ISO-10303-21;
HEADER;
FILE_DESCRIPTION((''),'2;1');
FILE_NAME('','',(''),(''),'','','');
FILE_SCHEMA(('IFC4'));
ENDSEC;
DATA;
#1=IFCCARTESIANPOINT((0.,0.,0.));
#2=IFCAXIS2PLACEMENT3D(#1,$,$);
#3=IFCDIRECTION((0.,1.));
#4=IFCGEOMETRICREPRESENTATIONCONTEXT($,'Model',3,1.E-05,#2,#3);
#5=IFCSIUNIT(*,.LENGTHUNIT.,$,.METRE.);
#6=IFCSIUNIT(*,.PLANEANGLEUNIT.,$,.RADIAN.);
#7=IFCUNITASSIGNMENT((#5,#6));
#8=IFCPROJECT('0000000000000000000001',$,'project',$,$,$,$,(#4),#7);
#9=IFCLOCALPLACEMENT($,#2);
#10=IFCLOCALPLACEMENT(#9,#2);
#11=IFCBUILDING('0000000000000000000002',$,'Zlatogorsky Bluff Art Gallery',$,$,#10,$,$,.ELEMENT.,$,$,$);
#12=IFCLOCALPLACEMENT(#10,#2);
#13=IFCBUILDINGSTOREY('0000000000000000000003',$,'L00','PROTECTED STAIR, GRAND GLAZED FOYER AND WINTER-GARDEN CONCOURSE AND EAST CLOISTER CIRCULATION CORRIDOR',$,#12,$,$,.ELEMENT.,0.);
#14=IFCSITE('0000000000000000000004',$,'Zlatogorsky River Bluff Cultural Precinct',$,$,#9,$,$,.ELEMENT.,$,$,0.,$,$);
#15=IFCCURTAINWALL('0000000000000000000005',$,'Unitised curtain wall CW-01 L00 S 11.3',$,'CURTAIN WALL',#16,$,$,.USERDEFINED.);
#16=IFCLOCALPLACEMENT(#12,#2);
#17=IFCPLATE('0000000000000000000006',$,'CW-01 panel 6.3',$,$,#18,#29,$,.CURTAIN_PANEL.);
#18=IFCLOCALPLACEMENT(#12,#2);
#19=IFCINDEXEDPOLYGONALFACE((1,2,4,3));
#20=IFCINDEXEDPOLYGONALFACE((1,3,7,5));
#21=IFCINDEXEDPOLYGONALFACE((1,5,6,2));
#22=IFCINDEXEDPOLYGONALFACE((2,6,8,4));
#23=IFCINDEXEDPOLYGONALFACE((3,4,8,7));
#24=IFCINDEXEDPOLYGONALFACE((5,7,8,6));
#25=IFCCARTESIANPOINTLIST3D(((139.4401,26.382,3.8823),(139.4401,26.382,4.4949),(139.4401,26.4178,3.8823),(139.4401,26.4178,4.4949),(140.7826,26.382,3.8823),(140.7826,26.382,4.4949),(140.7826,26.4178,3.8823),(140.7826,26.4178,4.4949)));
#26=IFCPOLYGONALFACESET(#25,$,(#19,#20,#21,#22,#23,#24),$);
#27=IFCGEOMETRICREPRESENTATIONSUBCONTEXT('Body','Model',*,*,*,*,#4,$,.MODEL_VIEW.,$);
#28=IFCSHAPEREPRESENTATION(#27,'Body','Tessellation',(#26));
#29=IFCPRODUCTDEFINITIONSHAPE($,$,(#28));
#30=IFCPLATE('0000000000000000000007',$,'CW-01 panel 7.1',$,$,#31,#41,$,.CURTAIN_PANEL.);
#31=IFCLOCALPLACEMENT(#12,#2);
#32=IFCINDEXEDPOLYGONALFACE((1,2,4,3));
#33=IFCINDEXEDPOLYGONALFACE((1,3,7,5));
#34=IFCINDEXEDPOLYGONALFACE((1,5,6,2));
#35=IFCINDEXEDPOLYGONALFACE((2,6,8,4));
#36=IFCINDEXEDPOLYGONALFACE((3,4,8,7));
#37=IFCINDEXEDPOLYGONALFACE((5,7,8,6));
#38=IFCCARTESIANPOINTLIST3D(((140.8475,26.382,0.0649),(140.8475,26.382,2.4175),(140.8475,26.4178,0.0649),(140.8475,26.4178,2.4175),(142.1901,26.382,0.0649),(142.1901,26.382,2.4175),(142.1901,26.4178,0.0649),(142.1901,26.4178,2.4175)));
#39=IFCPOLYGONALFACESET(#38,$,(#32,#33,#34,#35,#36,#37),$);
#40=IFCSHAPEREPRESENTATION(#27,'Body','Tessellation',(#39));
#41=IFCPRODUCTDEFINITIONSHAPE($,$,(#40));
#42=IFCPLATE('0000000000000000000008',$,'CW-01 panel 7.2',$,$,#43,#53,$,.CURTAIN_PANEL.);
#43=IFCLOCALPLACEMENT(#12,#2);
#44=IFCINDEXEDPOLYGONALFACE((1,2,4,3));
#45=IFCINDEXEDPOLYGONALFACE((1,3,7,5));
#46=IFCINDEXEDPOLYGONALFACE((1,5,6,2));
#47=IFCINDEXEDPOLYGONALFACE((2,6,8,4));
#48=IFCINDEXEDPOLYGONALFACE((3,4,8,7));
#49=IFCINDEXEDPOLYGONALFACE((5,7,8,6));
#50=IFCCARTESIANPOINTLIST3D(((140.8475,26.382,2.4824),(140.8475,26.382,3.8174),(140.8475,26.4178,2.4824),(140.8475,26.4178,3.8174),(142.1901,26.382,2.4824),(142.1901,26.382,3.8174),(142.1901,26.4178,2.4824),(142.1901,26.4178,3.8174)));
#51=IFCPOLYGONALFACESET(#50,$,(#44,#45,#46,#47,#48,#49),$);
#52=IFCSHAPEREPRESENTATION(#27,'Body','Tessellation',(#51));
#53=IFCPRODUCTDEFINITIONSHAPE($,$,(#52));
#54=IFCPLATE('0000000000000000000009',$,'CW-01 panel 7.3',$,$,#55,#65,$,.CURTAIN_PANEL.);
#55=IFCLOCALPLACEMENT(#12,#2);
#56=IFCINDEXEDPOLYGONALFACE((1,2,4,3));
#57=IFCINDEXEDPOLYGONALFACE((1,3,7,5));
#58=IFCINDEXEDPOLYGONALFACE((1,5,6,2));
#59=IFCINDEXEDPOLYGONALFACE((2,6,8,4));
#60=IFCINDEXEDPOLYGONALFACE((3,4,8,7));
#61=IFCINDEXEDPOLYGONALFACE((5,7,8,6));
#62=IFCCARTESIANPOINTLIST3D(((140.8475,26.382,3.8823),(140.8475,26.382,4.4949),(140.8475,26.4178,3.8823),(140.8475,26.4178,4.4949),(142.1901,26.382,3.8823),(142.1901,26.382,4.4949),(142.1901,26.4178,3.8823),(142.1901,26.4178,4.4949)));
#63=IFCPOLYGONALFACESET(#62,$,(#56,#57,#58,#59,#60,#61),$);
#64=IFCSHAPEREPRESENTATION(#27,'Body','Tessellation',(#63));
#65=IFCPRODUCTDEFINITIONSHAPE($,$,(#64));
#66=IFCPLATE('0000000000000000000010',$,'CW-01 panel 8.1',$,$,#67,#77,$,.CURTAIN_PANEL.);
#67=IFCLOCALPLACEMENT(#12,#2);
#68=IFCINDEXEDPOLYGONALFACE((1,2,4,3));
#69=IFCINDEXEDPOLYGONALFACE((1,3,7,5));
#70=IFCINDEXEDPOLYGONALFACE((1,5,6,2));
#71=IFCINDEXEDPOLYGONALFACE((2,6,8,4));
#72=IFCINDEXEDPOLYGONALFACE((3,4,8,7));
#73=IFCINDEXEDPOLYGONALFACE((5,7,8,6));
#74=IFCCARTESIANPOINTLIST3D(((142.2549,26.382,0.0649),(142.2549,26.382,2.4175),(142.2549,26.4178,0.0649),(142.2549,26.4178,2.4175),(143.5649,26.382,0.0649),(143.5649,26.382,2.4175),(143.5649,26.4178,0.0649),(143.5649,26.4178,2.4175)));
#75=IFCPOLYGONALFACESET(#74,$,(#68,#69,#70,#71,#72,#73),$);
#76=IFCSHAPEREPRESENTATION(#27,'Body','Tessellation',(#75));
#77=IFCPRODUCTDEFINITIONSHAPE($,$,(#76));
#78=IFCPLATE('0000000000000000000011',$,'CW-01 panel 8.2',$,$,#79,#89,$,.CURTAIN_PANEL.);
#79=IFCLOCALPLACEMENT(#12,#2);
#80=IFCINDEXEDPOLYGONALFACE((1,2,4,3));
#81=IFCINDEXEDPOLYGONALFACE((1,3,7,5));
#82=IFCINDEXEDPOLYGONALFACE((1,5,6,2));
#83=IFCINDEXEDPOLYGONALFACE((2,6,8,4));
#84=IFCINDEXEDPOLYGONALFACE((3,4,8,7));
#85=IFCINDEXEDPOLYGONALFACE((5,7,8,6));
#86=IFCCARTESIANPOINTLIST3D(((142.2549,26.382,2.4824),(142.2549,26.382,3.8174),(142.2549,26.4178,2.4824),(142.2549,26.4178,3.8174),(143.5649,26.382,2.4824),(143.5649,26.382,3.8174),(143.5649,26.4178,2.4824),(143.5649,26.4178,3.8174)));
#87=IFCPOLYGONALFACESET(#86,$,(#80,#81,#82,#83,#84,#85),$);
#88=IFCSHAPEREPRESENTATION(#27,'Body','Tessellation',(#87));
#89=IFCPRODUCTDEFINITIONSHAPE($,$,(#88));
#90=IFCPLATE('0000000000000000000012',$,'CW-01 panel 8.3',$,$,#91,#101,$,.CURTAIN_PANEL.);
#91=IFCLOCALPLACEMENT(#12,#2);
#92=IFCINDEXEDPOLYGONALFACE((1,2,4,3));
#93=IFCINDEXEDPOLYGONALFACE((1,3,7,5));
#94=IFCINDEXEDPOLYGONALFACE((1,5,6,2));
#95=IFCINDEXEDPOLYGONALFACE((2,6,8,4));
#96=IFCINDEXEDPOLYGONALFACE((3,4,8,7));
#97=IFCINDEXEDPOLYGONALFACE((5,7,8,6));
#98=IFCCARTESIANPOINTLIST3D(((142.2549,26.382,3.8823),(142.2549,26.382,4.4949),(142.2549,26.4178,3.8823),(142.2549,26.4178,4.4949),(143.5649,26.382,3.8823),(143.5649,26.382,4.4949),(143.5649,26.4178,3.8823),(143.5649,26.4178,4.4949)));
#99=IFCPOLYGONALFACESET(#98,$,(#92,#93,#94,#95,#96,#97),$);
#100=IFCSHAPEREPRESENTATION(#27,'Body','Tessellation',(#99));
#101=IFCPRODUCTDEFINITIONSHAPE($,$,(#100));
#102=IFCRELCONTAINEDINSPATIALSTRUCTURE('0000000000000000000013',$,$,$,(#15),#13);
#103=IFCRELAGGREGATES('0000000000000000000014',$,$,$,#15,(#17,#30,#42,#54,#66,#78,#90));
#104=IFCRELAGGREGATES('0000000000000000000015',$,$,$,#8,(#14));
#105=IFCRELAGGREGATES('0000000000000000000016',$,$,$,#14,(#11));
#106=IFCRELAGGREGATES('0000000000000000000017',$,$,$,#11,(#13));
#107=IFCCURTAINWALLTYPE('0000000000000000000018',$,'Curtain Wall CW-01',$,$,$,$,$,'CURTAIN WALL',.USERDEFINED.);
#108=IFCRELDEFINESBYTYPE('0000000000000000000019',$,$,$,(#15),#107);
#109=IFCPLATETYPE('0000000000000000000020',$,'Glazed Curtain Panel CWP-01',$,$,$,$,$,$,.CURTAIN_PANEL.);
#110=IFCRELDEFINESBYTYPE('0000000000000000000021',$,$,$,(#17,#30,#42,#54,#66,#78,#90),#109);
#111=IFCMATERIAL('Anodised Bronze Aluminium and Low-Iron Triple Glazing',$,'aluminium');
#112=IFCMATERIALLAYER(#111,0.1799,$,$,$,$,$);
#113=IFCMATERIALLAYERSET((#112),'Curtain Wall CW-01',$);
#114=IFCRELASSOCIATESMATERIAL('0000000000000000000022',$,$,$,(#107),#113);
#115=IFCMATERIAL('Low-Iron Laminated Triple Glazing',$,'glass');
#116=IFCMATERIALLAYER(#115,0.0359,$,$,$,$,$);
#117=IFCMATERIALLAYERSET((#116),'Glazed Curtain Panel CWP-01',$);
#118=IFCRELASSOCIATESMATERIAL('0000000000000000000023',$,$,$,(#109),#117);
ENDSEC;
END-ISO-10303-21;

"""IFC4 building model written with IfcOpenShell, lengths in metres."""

from ifc_helpers import new_model, si_unit, direction, frame, origin, origin_2d, place, context, subcontext, project, spatial, rectangle, extrude, material, layer, layer_set, type_object, element, aggregate, save


model = new_model("IFC4")

# Units and contexts
model_context = context("Model", 3, precision=1e-05, world=origin(), true_north=direction((0.0, 1.0)))
body_context = subcontext(model_context, "Body", "Model", "MODEL_VIEW")
ifc_project = project(units=[si_unit("LENGTHUNIT", "METRE"), si_unit("PLANEANGLEUNIT", "RADIAN")], contexts=[model_context])

# Site, building, storey
site_placement = place(None, origin())
site = spatial("IfcSite", under=ifc_project, at=site_placement, Name="Zlatogorsky River Bluff Cultural Precinct", CompositionType="ELEMENT", RefElevation=0.0)
building_placement = place(site_placement, origin())
building = spatial("IfcBuilding", under=site, at=building_placement, Name="Zlatogorsky Bluff Art Gallery", CompositionType="ELEMENT")
storey_placement = place(building_placement, origin())
storey = spatial("IfcBuildingStorey", under=building, at=storey_placement, Name="L00", Description="PROTECTED STAIR, GRAND GLAZED FOYER AND WINTER-GARDEN CONCOURSE AND EAST CLOISTER CIRCULATION CORRIDOR", CompositionType="ELEMENT", Elevation=0.0)

# Curtain wall, plates
ifc_material_1 = material(Name="Anodised Bronze Aluminium and Low-Iron Triple Glazing", Category="aluminium")
ifc_layer_1 = layer(ifc_material_1, 0.1799)
ifc_layer_set_1 = layer_set([ifc_layer_1], Name="Curtain Wall CW-01")
curtain_wall_type = type_object("IfcCurtainWallType", Name="Curtain Wall CW-01", ElementType="CURTAIN WALL", PredefinedType="USERDEFINED", material=ifc_layer_set_1)
curtain_wall_placement = place(storey_placement, origin())
curtain_wall = element("IfcCurtainWall", 1, at=curtain_wall_placement, inside=storey, type_object=curtain_wall_type, Name="Unitised curtain wall CW-01 L00 S 11.3", ObjectType="CURTAIN WALL", PredefinedType="USERDEFINED")
ifc_material_2 = material(Name="Low-Iron Laminated Triple Glazing", Category="glass")
ifc_layer_2 = layer(ifc_material_2, 0.0359)
ifc_layer_set_2 = layer_set([ifc_layer_2], Name="Glazed Curtain Panel CWP-01")
plate_type = type_object("IfcPlateType", Name="Glazed Curtain Panel CWP-01", PredefinedType="CURTAIN_PANEL", material=ifc_layer_set_2)
plate_1_placement = place(storey_placement, frame((140.1113, 26.3999, 3.8823), z_axis=(0.0, 0.0, 1.0), x_axis=(1.0, 0.0, 0.0)))
plate_1 = element("IfcPlate", 2, at=plate_1_placement, type_object=plate_type, Name="CW-01 panel 6.3", PredefinedType="CURTAIN_PANEL", context=body_context, shape_type="SweptSolid", body=[
    extrude(rectangle(XDim=1.3425, YDim=0.0359, at=origin_2d()), origin(), (0.0, 0.0, 1.0), 0.6125),
])
plate_2_placement = place(storey_placement, frame((141.5188, 26.3999, 0.0649), z_axis=(0.0, 0.0, 1.0), x_axis=(1.0, 0.0, 0.0)))
plate_2 = element("IfcPlate", 3, at=plate_2_placement, type_object=plate_type, Name="CW-01 panel 7.1", PredefinedType="CURTAIN_PANEL", context=body_context, shape_type="SweptSolid", body=[
    extrude(rectangle(XDim=1.3425, YDim=0.0359, at=origin_2d()), origin(), (0.0, 0.0, 1.0), 2.3525),
])
plate_3_placement = place(storey_placement, frame((141.5188, 26.3999, 2.4824), z_axis=(0.0, 0.0, 1.0), x_axis=(1.0, 0.0, 0.0)))
plate_3 = element("IfcPlate", 4, at=plate_3_placement, type_object=plate_type, Name="CW-01 panel 7.2", PredefinedType="CURTAIN_PANEL", context=body_context, shape_type="SweptSolid", body=[
    extrude(rectangle(XDim=1.3425, YDim=0.0359, at=origin_2d()), origin(), (0.0, 0.0, 1.0), 1.335),
])
plate_4_placement = place(storey_placement, frame((141.5188, 26.3999, 3.8823), z_axis=(0.0, 0.0, 1.0), x_axis=(1.0, 0.0, 0.0)))
plate_4 = element("IfcPlate", 5, at=plate_4_placement, type_object=plate_type, Name="CW-01 panel 7.3", PredefinedType="CURTAIN_PANEL", context=body_context, shape_type="SweptSolid", body=[
    extrude(rectangle(XDim=1.3425, YDim=0.0359, at=origin_2d()), origin(), (0.0, 0.0, 1.0), 0.6125),
])
plate_5_placement = place(storey_placement, frame((142.9099, 26.3999, 0.0649), z_axis=(0.0, 0.0, 1.0), x_axis=(1.0, 0.0, 0.0)))
plate_5 = element("IfcPlate", 6, at=plate_5_placement, type_object=plate_type, Name="CW-01 panel 8.1", PredefinedType="CURTAIN_PANEL", context=body_context, shape_type="SweptSolid", body=[
    extrude(rectangle(XDim=1.3101, YDim=0.0359, at=origin_2d()), origin(), (0.0, 0.0, 1.0), 2.3525),
])
plate_6_placement = place(storey_placement, frame((142.9099, 26.3999, 2.4824), z_axis=(0.0, 0.0, 1.0), x_axis=(1.0, 0.0, 0.0)))
plate_6 = element("IfcPlate", 7, at=plate_6_placement, type_object=plate_type, Name="CW-01 panel 8.2", PredefinedType="CURTAIN_PANEL", context=body_context, shape_type="SweptSolid", body=[
    extrude(rectangle(XDim=1.3101, YDim=0.0359, at=origin_2d()), origin(), (0.0, 0.0, 1.0), 1.335),
])
plate_7_placement = place(storey_placement, frame((142.9099, 26.3999, 3.8823), z_axis=(0.0, 0.0, 1.0), x_axis=(1.0, 0.0, 0.0)))
plate_7 = element("IfcPlate", 8, at=plate_7_placement, type_object=plate_type, Name="CW-01 panel 8.3", PredefinedType="CURTAIN_PANEL", context=body_context, shape_type="SweptSolid", body=[
    extrude(rectangle(XDim=1.3101, YDim=0.0359, at=origin_2d()), origin(), (0.0, 0.0, 1.0), 0.6125),
])
aggregate(curtain_wall, [plate_1, plate_2, plate_3, plate_4, plate_5, plate_6, plate_7])

save(model, "model.ifc")
